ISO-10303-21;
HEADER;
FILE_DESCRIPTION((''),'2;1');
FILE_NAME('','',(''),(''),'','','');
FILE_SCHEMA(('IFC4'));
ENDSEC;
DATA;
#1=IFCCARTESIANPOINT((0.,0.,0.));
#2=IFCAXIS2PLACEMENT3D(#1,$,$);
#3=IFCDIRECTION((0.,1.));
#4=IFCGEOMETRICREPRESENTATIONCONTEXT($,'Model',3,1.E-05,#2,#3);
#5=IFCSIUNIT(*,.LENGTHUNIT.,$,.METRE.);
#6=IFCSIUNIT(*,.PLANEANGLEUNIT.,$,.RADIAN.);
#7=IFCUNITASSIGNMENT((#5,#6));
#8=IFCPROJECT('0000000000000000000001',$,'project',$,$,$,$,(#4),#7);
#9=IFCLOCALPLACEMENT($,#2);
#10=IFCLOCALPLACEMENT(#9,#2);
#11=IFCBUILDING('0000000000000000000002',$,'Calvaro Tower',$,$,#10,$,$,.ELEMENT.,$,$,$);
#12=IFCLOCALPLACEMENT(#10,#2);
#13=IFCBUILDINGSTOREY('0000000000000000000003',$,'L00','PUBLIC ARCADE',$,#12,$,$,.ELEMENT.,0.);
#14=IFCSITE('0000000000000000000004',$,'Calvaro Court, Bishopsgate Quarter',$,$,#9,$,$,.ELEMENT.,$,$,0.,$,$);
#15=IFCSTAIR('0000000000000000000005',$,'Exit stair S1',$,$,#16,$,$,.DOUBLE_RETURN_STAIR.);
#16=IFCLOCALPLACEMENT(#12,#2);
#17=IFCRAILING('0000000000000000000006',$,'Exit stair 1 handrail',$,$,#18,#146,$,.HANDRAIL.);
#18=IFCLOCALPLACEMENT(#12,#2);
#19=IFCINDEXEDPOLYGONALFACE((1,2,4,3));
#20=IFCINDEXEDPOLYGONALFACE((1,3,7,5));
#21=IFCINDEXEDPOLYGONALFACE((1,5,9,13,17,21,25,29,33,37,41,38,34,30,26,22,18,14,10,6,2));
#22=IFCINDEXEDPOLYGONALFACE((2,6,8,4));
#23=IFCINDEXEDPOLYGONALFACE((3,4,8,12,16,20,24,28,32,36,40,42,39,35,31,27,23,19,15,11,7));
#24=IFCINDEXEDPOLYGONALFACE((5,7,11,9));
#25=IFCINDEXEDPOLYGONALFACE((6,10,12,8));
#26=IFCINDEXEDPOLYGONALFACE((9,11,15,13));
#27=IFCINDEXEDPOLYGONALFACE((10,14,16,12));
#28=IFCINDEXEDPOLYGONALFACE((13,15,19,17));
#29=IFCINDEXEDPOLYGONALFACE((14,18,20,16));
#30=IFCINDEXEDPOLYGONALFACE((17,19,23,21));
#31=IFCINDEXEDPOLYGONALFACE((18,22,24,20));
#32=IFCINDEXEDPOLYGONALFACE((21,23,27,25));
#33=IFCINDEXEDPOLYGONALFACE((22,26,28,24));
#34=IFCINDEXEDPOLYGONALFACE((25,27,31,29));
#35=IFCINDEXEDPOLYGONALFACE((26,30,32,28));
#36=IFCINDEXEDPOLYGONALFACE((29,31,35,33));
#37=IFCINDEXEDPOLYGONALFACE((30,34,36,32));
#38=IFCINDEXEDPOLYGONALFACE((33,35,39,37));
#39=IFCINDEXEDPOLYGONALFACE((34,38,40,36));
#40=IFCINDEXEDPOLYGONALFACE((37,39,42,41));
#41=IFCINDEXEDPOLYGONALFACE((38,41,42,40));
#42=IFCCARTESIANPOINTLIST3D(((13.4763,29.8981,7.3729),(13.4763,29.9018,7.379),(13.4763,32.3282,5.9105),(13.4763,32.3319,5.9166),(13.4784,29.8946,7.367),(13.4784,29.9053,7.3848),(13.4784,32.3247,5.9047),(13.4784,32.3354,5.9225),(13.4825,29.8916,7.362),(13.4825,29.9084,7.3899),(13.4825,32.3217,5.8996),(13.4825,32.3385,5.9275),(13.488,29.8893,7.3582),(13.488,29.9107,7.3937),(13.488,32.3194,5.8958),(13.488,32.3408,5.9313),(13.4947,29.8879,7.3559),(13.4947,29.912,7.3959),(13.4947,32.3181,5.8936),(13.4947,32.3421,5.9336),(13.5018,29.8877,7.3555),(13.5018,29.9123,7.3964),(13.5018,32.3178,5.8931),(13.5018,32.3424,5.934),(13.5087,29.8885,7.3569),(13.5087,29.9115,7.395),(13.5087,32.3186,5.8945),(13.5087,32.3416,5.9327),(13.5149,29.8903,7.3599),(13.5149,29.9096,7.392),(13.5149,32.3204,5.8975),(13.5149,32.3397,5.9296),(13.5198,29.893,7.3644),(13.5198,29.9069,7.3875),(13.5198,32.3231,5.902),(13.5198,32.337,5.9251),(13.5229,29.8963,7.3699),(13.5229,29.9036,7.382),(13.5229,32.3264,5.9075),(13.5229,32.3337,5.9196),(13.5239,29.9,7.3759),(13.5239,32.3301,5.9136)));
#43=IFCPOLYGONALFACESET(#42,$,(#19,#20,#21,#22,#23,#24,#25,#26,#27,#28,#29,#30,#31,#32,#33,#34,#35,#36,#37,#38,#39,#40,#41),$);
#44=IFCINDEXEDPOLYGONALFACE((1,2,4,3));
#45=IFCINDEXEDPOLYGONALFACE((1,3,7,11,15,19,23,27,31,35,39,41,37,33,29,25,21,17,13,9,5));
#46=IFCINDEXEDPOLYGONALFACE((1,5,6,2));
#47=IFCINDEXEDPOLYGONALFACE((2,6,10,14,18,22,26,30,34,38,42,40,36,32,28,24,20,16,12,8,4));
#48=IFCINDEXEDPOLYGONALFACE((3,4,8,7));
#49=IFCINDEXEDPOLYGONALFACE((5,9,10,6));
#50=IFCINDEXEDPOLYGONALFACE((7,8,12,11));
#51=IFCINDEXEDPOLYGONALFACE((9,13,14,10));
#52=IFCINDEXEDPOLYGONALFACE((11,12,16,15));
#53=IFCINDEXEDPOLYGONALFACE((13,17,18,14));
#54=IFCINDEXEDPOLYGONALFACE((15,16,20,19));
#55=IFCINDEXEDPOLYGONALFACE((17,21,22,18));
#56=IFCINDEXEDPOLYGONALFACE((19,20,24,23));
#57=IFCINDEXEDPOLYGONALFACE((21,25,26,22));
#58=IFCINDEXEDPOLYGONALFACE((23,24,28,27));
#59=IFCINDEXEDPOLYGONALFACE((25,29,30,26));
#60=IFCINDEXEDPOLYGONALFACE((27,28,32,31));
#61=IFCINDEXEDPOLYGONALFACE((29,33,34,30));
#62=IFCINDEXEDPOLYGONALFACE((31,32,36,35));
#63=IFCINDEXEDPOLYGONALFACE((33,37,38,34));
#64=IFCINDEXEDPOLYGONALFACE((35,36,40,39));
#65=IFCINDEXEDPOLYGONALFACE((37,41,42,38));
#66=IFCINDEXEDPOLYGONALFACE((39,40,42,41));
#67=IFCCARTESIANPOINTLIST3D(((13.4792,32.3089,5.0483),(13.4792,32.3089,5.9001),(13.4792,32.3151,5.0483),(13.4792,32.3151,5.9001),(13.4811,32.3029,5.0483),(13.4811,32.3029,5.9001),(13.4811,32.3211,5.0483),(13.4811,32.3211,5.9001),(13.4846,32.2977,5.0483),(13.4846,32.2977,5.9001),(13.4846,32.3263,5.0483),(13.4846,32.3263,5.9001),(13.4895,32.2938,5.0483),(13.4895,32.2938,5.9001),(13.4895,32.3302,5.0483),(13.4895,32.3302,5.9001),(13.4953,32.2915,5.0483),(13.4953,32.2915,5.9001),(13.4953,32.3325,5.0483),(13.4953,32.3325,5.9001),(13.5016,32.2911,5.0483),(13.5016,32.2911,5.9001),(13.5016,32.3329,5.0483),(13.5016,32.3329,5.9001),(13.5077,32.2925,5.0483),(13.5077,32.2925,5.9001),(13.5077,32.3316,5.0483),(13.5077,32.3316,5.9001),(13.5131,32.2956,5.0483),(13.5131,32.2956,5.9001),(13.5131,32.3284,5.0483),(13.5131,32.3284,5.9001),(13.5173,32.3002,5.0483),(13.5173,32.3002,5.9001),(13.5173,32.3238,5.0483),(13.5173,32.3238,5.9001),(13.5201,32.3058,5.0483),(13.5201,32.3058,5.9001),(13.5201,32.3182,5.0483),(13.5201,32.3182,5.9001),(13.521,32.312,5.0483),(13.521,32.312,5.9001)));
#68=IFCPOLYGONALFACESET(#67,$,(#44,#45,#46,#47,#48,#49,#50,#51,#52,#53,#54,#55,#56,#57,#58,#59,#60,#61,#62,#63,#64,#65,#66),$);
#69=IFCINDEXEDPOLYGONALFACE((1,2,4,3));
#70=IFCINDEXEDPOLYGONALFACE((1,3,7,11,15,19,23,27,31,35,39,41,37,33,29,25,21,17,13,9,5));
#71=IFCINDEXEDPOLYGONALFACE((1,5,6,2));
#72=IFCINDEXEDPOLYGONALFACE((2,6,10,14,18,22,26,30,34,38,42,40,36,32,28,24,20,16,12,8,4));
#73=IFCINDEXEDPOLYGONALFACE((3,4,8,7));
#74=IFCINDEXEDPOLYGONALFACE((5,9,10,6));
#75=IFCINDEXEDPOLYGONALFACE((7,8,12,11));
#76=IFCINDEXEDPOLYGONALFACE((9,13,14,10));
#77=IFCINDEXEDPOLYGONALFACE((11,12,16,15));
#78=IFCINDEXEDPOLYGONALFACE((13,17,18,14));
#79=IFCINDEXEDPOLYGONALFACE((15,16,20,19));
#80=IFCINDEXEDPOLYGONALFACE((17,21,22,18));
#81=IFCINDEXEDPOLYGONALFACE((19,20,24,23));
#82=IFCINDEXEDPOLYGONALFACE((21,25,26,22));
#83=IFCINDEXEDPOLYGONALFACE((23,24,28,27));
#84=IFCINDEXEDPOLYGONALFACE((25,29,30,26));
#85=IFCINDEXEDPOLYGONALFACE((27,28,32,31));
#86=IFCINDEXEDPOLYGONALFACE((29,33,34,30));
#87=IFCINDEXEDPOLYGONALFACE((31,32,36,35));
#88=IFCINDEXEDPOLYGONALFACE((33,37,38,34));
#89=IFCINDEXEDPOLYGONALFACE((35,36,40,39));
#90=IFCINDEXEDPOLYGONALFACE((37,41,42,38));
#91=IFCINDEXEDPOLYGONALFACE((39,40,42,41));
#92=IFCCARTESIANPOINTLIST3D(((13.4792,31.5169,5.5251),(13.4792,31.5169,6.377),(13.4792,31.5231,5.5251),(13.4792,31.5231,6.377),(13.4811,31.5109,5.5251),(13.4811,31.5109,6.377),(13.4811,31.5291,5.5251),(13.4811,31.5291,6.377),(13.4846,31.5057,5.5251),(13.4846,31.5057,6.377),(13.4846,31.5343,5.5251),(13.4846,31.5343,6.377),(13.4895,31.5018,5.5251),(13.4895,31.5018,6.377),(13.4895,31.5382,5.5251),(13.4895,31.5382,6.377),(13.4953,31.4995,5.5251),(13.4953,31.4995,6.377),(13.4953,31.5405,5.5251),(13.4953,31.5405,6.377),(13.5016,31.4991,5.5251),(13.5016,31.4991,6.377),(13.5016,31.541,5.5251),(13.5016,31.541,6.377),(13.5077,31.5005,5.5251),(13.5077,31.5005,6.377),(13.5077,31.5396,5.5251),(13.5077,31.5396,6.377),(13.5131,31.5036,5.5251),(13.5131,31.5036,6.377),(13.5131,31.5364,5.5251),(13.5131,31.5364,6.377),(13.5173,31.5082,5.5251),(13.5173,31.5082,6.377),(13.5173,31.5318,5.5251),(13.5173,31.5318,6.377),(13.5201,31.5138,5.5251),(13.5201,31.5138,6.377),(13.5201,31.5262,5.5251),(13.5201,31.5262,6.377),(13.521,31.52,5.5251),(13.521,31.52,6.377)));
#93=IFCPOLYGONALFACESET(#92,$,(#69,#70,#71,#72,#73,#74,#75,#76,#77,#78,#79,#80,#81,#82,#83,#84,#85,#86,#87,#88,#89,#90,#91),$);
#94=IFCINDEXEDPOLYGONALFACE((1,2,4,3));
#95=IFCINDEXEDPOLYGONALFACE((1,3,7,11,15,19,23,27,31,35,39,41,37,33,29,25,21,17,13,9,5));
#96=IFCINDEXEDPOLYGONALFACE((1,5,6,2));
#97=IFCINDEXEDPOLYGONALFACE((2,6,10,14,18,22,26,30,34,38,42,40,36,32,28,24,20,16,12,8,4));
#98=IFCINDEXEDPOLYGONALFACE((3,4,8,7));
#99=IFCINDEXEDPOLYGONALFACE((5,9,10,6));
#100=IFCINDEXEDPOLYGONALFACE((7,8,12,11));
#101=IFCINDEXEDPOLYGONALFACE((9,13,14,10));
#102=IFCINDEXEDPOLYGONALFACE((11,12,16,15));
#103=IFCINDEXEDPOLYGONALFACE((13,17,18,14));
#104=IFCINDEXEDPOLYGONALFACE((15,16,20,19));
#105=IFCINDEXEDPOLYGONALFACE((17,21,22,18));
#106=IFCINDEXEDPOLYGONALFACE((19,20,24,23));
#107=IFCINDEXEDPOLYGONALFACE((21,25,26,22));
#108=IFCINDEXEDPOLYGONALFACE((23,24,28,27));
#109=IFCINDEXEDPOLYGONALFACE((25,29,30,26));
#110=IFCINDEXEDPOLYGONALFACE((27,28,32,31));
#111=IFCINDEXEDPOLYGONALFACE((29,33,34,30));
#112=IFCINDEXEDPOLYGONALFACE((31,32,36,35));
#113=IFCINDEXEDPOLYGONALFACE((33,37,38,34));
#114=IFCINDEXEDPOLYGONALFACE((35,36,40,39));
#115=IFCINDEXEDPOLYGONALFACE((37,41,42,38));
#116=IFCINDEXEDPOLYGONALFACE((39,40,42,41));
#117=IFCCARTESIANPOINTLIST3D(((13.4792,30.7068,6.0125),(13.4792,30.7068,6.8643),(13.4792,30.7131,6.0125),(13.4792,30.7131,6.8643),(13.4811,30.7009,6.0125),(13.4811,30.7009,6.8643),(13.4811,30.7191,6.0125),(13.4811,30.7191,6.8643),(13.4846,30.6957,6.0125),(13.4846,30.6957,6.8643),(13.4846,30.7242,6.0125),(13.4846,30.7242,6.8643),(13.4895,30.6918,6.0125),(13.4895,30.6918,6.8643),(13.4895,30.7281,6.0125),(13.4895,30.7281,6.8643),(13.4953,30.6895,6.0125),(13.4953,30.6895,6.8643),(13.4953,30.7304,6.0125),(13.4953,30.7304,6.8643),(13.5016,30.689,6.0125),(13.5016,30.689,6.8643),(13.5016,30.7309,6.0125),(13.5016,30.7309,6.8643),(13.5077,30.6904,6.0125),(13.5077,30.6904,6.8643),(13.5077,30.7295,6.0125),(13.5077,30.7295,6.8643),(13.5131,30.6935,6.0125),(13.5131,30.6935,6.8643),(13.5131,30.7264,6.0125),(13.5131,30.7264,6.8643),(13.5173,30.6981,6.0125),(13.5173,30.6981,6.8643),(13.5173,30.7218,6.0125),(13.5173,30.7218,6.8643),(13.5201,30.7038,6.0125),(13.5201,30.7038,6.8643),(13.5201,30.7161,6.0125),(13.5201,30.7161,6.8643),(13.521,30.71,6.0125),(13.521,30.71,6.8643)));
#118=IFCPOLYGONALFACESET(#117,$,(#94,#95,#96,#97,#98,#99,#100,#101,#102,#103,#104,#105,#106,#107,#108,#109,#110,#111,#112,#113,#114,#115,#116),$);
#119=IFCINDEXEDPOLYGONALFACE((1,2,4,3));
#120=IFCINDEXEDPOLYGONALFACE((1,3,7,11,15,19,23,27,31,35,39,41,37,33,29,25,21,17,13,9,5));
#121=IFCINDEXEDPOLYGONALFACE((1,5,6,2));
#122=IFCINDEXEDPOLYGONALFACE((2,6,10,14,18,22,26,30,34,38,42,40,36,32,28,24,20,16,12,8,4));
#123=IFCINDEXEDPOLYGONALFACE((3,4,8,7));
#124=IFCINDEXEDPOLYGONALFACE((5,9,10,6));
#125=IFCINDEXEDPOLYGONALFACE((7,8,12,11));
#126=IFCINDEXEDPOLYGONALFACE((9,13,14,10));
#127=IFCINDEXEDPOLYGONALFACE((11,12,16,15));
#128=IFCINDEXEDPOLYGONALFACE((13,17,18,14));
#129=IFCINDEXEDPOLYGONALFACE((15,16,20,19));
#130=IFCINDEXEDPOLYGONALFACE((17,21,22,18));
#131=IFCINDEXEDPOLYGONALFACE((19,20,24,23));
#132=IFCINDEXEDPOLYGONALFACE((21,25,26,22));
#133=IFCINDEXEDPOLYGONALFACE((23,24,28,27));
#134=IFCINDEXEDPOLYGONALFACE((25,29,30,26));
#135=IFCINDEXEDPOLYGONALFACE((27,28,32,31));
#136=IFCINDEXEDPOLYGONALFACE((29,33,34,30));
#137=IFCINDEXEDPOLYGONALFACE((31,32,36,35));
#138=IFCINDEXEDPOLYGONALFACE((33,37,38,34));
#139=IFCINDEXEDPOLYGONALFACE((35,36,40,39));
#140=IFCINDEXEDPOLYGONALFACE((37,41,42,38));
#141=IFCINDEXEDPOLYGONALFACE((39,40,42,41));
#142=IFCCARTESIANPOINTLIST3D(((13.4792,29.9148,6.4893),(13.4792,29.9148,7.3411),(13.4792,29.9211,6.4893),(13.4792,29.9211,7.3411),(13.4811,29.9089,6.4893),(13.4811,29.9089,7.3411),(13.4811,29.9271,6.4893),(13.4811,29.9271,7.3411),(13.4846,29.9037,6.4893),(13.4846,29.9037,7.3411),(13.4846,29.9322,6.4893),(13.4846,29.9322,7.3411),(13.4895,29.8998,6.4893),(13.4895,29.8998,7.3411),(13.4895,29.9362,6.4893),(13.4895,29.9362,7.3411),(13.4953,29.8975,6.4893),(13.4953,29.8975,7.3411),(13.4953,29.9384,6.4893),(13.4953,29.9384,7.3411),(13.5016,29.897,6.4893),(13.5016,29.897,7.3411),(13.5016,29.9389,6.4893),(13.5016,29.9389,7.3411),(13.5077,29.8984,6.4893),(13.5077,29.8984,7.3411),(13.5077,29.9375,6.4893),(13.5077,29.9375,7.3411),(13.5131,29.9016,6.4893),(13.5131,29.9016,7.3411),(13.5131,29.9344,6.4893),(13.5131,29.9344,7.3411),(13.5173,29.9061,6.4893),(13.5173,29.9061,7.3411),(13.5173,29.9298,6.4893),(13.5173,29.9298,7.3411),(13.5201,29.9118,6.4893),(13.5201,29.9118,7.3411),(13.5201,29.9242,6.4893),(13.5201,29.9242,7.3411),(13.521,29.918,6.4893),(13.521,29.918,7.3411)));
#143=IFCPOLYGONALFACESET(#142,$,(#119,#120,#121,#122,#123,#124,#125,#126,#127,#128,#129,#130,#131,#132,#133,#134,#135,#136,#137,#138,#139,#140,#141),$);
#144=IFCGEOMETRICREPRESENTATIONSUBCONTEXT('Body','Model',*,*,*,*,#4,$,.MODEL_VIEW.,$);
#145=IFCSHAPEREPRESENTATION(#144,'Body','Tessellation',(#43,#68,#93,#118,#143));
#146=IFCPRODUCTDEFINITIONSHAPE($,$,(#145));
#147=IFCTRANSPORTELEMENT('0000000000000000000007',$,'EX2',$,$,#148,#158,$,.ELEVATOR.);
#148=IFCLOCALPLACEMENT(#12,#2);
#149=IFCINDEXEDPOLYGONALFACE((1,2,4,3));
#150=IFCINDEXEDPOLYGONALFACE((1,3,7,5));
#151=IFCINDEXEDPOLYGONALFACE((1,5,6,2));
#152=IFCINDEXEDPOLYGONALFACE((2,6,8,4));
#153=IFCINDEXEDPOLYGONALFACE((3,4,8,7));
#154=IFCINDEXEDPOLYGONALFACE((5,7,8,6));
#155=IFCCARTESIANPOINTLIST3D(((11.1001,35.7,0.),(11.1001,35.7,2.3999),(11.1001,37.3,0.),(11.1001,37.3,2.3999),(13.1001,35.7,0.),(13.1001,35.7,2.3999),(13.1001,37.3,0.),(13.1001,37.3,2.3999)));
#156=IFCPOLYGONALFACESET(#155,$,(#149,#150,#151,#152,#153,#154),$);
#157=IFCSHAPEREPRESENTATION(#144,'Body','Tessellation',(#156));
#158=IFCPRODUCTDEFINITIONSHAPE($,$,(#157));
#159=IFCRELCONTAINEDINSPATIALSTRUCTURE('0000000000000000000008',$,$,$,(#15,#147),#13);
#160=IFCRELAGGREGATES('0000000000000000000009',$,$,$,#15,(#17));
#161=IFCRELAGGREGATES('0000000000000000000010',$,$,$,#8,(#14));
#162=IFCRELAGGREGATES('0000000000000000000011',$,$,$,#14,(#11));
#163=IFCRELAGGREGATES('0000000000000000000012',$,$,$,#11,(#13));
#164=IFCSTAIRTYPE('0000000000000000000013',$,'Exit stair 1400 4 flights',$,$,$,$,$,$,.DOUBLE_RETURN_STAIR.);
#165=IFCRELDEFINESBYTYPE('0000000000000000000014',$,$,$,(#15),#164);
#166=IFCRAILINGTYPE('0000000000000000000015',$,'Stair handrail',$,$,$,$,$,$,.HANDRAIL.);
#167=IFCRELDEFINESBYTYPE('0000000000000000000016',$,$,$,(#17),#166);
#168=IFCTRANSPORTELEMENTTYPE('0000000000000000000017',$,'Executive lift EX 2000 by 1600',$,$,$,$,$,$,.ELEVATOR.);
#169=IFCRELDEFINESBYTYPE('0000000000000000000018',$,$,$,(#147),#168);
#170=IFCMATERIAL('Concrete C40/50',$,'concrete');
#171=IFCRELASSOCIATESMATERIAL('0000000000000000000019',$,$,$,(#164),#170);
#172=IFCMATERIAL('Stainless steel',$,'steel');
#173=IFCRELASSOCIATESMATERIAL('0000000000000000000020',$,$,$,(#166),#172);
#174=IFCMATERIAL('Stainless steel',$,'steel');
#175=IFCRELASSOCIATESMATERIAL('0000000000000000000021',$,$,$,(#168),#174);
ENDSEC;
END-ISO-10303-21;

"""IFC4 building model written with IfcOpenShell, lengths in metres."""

from ifc_helpers import new_model, si_unit, direction, frame, origin, origin_2d, place, context, subcontext, project, spatial, rectangle, circle, extrude, material, type_object, element, aggregate, save


model = new_model("IFC4")

# Units and contexts
model_context = context("Model", 3, precision=1e-05, world=origin(), true_north=direction((0.0, 1.0)))
body_context = subcontext(model_context, "Body", "Model", "MODEL_VIEW")
ifc_project = project(units=[si_unit("LENGTHUNIT", "METRE"), si_unit("PLANEANGLEUNIT", "RADIAN")], contexts=[model_context])

# Site, building, storey
site_placement = place(None, origin())
site = spatial("IfcSite", under=ifc_project, at=site_placement, Name="Calvaro Court, Bishopsgate Quarter", CompositionType="ELEMENT", RefElevation=0.0)
building_placement = place(site_placement, origin())
building = spatial("IfcBuilding", under=site, at=building_placement, Name="Calvaro Tower", CompositionType="ELEMENT")
storey_placement = place(building_placement, origin())
storey = spatial("IfcBuildingStorey", under=building, at=storey_placement, Name="L00", Description="PUBLIC ARCADE", CompositionType="ELEMENT", Elevation=0.0)

# Stair, railing
ifc_material_1 = material(Name="Concrete C40/50", Category="concrete")
stair_type = type_object("IfcStairType", Name="Exit stair 1400 4 flights", PredefinedType="DOUBLE_RETURN_STAIR", material=ifc_material_1)
stair_placement = place(storey_placement, origin())
stair = element("IfcStair", 1, at=stair_placement, inside=storey, type_object=stair_type, Name="Exit stair S1", PredefinedType="DOUBLE_RETURN_STAIR")
ifc_material_2 = material(Name="Stainless steel", Category="steel")
railing_type = type_object("IfcRailingType", Name="Stair handrail", PredefinedType="HANDRAIL", material=ifc_material_2)
railing_1_placement = place(storey_placement, frame((13.5, 32.3301, 5.0376)))
railing_1 = element("IfcRailing", 2, at=railing_1_placement, type_object=railing_type, Name="Exit stair 1 handrail", PredefinedType="HANDRAIL", context=body_context, shape_type="SweptSolid", body=[
    extrude(circle(Radius=0.0239, at=origin_2d()), frame((0.0, 0.0, 0.876), z_axis=(0.0, -0.856824, 0.515609), x_axis=(1.0, 0.0, 0.0)), (0.0, 0.0, 1.0), 2.8362),
    extrude(circle(Radius=0.021, at=origin_2d()), frame((0.0, -0.0181, 0.0107)), (0.0, 0.0, 1.0), 0.8518),
    extrude(circle(Radius=0.021, at=origin_2d()), frame((0.0, -0.8101, 0.4875)), (0.0, 0.0, 1.0), 0.8518),
    extrude(circle(Radius=0.021, at=origin_2d()), frame((0.0, -1.6201, 0.9749)), (0.0, 0.0, 1.0), 0.8518),
    extrude(circle(Radius=0.021, at=origin_2d()), frame((0.0, -2.4121, 1.4517)), (0.0, 0.0, 1.0), 0.8518),
])
aggregate(stair, [railing_1])

# Transport element
ifc_material_3 = material(Name="Stainless steel", Category="steel")
transport_element_type = type_object("IfcTransportElementType", Name="Executive lift EX 2000 by 1600", PredefinedType="ELEVATOR", material=ifc_material_3)
transport_element_placement = place(storey_placement, frame((12.1001, 36.5, 0.0), z_axis=(0.0, 0.0, 1.0), x_axis=(1.0, 0.0, 0.0)))
element("IfcTransportElement", 3, at=transport_element_placement, inside=storey, type_object=transport_element_type, Name="EX2", PredefinedType="ELEVATOR", context=body_context, shape_type="SweptSolid", body=[
    extrude(rectangle(XDim=2.0, YDim=1.6001, at=origin_2d()), origin(), (0.0, 0.0, 1.0), 2.3999),
])

save(model, "model.ifc")
